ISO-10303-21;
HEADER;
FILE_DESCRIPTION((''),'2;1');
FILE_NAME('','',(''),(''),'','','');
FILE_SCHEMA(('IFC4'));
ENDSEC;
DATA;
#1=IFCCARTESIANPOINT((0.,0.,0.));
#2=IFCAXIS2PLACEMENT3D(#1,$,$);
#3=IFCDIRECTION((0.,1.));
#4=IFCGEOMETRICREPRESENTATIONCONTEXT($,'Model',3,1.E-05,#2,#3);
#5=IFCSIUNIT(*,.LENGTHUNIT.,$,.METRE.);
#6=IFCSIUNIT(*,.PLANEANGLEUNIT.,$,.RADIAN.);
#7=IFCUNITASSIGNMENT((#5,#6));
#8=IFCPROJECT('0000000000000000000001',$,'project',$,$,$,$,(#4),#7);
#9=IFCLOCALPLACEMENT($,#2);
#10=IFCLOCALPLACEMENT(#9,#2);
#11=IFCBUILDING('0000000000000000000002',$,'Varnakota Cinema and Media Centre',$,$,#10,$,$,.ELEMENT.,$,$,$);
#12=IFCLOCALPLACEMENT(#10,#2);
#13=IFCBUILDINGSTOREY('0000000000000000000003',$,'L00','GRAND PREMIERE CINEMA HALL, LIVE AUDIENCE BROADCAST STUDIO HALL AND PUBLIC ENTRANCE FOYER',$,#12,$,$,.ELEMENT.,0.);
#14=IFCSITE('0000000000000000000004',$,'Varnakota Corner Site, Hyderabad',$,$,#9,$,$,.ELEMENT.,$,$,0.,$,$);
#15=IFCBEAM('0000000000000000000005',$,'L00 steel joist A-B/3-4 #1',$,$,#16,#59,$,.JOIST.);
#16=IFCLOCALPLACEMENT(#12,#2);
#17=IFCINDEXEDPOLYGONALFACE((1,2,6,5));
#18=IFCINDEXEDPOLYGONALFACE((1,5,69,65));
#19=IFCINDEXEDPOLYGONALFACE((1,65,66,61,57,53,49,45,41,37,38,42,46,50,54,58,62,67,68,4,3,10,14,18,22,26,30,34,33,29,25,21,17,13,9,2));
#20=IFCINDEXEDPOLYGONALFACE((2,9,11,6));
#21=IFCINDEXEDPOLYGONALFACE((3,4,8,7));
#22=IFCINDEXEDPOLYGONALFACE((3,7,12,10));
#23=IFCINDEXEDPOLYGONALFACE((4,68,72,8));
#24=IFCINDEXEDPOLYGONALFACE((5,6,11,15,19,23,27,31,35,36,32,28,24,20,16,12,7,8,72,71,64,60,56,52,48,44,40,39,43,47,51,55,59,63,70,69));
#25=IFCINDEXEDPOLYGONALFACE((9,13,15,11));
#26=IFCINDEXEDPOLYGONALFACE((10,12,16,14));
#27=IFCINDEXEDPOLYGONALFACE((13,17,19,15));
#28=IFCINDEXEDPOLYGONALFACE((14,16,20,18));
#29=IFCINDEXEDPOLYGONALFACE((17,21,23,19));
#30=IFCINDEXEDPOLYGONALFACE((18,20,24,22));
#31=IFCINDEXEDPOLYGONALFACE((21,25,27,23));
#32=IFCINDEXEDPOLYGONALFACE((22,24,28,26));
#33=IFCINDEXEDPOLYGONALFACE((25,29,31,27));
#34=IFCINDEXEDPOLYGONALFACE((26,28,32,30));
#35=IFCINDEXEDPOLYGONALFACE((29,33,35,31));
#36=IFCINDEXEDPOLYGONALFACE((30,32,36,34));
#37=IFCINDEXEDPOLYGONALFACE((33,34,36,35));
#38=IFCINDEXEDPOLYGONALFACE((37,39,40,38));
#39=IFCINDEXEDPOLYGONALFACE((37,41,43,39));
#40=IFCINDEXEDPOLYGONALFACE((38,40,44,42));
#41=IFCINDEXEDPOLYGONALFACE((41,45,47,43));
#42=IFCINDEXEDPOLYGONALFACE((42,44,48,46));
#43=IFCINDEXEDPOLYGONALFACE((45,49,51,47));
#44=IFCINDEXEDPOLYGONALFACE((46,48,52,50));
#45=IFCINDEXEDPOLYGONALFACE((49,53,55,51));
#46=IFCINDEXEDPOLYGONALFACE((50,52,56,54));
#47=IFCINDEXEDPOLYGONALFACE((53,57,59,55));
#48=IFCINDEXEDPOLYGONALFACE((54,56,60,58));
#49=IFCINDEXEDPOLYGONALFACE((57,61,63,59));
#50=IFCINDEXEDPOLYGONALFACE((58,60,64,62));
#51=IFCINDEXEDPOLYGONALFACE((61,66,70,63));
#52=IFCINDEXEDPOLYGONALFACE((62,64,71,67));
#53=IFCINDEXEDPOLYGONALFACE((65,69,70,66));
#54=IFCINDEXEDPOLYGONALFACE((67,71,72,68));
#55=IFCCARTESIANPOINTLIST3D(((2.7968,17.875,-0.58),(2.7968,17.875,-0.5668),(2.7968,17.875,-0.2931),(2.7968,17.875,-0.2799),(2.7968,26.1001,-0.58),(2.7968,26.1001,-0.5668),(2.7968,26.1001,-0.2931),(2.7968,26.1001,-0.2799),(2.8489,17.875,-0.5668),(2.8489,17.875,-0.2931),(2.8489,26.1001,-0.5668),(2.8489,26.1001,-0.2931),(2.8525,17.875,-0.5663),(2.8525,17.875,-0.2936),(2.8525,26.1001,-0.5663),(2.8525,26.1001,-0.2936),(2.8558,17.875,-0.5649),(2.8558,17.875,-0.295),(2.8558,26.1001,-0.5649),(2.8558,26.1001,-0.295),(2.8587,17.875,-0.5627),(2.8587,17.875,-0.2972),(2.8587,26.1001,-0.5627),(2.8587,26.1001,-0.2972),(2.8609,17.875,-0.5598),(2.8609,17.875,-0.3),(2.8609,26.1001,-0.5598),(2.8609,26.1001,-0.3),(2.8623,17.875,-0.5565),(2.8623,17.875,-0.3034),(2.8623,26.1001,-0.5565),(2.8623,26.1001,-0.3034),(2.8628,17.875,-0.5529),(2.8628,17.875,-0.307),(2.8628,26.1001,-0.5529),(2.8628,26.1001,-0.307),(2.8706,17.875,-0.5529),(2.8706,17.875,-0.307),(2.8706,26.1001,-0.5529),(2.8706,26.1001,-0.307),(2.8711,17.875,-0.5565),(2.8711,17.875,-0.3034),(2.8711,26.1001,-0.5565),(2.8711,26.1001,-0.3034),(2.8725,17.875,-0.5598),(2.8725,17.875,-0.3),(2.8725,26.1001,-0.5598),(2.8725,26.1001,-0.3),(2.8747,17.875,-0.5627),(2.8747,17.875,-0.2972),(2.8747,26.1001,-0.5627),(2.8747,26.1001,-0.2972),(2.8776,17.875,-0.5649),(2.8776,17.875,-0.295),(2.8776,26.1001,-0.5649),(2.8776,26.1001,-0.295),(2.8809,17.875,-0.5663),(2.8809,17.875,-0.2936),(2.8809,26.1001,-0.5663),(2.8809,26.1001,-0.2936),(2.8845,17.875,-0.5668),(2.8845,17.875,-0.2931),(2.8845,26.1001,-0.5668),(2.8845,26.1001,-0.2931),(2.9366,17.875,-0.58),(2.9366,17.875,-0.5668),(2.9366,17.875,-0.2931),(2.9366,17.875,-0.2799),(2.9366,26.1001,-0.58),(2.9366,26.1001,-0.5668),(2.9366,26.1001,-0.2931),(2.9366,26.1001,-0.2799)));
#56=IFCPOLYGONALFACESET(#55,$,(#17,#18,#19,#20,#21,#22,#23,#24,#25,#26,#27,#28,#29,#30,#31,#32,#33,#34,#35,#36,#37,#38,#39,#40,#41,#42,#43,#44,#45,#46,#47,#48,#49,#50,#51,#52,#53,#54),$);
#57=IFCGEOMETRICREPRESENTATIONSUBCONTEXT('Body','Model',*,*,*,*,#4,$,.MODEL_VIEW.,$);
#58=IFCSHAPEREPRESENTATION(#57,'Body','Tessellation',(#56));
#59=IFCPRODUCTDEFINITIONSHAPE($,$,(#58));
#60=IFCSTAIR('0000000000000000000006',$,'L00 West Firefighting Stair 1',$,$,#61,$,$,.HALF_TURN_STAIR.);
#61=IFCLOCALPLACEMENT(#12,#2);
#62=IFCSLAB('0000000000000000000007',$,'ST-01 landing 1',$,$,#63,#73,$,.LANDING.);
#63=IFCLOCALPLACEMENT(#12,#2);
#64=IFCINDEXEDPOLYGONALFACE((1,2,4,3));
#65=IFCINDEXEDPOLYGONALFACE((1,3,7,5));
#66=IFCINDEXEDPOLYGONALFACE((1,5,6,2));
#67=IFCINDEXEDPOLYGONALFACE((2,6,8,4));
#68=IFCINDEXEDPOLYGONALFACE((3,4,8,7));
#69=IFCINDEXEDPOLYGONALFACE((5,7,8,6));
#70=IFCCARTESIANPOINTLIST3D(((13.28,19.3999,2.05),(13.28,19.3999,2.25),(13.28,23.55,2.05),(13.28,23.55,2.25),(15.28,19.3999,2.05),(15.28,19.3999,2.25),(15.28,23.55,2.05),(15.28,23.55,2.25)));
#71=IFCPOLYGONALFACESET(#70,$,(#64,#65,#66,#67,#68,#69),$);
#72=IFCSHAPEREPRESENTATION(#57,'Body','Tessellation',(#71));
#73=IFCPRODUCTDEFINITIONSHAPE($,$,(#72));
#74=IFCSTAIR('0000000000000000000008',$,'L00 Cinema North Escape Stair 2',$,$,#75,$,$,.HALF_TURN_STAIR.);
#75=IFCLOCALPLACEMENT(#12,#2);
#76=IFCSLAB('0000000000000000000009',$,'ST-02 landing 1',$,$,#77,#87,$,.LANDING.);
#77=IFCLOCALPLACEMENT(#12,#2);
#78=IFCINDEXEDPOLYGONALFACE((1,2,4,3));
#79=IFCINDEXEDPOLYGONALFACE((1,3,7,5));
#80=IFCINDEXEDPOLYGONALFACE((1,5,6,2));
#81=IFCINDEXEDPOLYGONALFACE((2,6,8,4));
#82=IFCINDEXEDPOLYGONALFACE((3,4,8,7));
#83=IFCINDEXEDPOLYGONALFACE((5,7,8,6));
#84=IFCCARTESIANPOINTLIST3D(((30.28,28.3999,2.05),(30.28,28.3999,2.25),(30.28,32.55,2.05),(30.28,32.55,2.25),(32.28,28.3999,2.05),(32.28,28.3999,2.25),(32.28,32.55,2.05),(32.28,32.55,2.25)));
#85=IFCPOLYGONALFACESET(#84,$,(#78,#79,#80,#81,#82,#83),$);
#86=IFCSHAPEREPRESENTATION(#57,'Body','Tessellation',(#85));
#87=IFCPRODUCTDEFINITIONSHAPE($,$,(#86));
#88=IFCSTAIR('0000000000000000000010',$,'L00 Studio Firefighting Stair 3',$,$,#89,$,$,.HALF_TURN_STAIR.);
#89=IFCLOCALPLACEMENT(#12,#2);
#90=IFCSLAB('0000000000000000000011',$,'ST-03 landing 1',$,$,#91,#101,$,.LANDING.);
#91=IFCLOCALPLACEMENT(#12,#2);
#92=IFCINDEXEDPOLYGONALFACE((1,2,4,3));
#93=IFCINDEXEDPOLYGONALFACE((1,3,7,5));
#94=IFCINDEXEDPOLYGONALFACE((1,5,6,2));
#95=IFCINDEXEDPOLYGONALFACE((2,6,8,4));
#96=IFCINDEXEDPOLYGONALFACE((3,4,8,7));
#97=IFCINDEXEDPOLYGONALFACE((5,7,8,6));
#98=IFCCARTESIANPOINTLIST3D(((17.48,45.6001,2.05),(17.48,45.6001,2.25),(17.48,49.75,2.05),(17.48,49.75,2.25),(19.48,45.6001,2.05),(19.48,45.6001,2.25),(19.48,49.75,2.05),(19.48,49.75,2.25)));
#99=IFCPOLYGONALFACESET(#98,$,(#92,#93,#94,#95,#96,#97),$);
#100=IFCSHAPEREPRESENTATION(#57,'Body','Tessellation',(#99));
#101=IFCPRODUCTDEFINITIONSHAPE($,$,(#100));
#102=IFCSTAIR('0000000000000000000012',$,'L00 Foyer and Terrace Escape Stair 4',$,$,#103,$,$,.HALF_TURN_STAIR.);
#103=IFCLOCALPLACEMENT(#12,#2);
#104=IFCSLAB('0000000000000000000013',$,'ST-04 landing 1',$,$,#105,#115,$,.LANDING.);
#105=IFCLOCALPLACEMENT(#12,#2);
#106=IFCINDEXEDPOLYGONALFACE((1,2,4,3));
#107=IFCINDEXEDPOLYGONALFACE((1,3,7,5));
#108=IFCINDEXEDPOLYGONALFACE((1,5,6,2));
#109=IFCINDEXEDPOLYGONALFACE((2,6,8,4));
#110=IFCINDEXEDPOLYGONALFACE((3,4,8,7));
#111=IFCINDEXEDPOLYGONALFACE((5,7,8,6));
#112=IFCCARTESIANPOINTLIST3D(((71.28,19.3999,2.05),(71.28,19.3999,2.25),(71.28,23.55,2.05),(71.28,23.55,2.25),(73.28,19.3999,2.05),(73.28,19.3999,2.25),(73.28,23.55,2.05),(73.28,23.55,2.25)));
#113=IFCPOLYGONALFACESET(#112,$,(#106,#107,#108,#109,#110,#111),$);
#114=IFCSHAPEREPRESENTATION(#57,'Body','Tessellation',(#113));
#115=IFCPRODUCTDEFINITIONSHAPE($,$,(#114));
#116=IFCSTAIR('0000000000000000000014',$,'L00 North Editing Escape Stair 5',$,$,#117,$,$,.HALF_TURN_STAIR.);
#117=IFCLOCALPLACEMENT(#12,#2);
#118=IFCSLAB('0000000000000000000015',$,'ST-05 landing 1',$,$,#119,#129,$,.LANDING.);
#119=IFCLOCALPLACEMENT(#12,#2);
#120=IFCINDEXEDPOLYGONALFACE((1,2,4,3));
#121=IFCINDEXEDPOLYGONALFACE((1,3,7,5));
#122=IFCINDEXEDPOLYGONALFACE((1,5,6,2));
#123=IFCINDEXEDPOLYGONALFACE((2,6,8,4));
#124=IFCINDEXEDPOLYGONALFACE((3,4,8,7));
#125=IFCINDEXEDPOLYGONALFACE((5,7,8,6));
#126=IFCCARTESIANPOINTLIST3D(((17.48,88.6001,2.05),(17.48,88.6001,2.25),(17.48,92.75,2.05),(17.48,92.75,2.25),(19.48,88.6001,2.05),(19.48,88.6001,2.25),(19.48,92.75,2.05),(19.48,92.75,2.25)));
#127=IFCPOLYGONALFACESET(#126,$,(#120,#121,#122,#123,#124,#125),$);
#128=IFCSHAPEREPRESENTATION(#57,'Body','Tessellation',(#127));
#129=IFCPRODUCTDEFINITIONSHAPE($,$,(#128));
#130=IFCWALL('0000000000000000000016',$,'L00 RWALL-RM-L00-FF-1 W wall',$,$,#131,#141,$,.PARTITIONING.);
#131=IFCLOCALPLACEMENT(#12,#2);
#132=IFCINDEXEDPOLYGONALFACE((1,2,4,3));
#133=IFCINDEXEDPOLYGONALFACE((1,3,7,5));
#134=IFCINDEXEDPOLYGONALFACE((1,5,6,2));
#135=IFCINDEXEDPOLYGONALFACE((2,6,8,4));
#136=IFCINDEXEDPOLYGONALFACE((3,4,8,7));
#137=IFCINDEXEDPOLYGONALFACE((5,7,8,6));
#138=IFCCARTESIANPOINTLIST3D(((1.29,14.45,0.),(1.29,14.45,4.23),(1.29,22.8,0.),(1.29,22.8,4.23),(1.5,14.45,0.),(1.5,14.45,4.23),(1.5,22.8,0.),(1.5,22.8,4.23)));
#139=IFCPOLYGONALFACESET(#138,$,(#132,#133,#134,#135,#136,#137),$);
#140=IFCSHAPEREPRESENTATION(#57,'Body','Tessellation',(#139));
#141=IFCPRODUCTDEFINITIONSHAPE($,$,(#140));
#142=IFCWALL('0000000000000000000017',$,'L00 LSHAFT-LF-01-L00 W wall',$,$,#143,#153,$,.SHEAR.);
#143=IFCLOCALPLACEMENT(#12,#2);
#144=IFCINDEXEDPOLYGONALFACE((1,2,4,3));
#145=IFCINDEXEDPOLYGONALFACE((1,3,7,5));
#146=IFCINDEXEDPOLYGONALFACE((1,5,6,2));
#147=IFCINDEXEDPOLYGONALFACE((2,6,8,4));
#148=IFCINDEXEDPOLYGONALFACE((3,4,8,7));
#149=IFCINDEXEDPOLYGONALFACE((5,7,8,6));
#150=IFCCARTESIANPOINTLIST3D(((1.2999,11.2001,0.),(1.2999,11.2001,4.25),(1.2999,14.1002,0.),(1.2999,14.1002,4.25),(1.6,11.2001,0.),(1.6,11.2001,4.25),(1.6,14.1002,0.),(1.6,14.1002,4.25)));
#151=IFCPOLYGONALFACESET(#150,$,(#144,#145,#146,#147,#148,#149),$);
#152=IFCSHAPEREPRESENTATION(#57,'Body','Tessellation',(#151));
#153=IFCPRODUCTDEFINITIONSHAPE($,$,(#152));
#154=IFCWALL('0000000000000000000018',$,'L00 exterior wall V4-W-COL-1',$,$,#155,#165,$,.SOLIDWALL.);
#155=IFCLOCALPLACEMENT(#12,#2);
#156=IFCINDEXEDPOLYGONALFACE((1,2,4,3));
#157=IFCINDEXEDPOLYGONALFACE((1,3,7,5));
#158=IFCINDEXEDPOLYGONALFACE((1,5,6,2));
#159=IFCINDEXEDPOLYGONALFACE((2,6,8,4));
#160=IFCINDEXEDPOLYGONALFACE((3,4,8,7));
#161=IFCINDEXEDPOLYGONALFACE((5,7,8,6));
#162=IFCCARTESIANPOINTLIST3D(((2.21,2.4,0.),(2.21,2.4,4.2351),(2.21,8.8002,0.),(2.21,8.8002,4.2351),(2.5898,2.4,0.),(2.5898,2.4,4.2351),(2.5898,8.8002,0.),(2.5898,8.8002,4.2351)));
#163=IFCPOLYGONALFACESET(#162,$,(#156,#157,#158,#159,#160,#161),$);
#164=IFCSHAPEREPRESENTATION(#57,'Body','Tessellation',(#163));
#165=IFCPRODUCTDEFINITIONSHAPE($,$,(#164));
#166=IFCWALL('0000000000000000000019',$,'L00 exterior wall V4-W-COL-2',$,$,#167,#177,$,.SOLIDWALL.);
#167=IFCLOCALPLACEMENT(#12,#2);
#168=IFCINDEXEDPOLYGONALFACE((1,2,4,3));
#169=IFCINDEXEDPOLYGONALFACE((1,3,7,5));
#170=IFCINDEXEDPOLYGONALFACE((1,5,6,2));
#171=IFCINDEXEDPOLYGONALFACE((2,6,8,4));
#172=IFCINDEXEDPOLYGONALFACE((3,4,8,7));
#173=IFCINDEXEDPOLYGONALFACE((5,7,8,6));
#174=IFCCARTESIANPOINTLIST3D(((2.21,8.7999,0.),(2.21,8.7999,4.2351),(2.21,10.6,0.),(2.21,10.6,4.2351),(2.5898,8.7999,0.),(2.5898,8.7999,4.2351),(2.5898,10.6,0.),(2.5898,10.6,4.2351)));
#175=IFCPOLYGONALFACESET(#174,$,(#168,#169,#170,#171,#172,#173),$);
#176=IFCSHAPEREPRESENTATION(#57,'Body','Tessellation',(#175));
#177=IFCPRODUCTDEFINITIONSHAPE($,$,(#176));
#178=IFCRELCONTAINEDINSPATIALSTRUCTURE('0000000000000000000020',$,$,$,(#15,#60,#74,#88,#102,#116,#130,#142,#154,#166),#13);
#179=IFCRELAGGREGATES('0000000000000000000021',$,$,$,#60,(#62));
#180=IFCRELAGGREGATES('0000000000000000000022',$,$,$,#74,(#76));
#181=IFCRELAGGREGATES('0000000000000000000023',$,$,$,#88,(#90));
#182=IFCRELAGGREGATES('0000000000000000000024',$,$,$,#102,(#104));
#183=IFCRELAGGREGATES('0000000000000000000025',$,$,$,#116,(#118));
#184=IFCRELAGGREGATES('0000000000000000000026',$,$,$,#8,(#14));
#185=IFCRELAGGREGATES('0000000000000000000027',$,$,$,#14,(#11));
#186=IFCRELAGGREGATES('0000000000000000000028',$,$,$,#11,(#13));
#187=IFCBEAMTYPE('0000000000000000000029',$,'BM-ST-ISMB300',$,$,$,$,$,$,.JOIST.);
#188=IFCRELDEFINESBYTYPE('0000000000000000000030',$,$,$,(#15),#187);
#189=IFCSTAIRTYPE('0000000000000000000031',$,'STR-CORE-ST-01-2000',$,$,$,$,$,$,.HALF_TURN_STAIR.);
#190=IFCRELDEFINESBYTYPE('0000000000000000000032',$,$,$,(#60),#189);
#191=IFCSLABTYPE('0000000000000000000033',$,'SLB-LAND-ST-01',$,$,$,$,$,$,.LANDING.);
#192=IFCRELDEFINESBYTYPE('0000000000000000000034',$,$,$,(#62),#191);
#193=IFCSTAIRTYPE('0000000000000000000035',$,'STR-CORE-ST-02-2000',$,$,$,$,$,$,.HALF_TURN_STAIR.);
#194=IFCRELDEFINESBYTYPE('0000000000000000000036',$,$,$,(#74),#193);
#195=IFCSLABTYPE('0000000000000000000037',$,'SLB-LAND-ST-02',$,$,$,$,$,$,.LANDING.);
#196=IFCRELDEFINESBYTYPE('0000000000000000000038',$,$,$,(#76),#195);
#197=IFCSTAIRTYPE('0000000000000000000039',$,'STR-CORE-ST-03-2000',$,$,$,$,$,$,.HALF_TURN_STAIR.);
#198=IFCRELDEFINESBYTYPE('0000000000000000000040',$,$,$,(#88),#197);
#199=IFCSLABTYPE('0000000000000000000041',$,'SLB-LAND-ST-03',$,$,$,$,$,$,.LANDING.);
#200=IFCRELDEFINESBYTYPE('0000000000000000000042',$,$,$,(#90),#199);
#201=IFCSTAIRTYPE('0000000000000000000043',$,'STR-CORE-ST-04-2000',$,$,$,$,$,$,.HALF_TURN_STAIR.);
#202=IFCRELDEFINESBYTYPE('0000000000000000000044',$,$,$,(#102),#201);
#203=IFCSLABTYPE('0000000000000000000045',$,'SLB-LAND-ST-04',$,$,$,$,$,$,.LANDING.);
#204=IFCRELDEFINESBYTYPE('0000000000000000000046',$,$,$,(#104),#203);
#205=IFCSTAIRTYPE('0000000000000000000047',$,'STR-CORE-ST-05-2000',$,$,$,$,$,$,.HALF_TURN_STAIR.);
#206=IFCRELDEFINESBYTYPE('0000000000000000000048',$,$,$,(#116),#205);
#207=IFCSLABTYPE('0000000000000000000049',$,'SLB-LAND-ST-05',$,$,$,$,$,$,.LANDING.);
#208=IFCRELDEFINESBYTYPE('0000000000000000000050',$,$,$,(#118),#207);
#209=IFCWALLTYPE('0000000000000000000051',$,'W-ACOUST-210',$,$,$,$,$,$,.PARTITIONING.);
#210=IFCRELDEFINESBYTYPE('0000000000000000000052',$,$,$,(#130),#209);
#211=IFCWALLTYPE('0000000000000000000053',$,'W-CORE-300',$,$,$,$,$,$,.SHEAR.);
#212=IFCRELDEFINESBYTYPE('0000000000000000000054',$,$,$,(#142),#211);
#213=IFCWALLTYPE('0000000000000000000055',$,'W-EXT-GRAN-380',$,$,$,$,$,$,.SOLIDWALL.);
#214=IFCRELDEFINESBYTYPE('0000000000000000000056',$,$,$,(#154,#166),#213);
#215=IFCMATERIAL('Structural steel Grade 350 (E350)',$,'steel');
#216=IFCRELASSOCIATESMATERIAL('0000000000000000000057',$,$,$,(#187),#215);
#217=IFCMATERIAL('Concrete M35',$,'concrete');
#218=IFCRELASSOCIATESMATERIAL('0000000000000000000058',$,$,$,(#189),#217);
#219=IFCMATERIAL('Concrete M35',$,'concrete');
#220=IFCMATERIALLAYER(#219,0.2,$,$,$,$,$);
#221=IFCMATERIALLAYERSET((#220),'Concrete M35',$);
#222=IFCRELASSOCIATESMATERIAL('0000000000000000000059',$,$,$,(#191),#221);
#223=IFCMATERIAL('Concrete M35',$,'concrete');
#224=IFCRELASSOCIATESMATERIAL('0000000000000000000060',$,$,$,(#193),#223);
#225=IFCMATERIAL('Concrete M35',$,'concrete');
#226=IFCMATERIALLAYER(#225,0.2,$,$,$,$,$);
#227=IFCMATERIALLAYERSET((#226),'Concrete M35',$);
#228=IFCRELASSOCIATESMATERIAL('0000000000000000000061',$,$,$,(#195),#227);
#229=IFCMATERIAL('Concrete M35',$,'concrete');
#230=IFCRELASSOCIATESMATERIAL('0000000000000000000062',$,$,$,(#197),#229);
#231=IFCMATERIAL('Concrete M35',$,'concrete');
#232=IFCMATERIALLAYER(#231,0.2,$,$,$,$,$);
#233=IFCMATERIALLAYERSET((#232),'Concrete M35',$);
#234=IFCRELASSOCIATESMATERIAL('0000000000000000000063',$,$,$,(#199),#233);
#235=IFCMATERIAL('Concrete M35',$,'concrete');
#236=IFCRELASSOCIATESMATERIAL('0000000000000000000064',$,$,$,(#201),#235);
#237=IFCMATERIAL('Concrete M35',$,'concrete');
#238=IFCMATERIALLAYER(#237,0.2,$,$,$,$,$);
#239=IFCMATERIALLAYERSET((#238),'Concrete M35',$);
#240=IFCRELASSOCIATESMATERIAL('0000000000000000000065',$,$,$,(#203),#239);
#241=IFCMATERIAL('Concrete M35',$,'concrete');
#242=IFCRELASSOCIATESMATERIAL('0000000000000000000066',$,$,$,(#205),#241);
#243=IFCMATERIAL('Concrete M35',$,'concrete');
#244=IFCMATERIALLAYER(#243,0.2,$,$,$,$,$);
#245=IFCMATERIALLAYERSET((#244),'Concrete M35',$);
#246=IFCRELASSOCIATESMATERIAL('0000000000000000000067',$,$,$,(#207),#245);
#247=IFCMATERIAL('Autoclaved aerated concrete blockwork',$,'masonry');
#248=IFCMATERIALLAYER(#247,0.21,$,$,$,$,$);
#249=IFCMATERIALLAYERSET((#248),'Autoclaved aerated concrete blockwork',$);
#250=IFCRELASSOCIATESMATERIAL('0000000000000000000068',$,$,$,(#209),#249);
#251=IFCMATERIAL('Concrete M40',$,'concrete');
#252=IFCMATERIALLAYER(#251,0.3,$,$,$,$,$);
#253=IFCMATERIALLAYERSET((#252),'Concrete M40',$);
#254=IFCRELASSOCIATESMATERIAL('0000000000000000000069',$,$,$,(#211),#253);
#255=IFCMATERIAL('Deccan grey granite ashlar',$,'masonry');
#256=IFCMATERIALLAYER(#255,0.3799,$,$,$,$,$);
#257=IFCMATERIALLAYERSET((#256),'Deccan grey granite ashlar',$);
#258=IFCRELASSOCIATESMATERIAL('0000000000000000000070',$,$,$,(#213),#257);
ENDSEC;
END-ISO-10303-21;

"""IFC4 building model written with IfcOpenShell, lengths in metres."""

from ifc_helpers import new_model, si_unit, direction, frame, frame_2d, origin, origin_2d, place, context, subcontext, project, spatial, polyline, rectangle, i_section, outline, extrude, material, layer, layer_set, material_profile, profile_set, type_object, element, aggregate, save


model = new_model("IFC4")

# Units and contexts
model_context = context("Model", 3, precision=1e-05, world=origin(), true_north=direction((0.0, 1.0)))
body_context = subcontext(model_context, "Body", "Model", "MODEL_VIEW")
ifc_project = project(units=[si_unit("LENGTHUNIT", "METRE"), si_unit("PLANEANGLEUNIT", "RADIAN")], contexts=[model_context])

# Site, building, storey
site_placement = place(None, origin())
site = spatial("IfcSite", under=ifc_project, at=site_placement, Name="Varnakota Corner Site, Hyderabad", CompositionType="ELEMENT", RefElevation=0.0)
building_placement = place(site_placement, origin())
building = spatial("IfcBuilding", under=site, at=building_placement, Name="Varnakota Cinema and Media Centre", CompositionType="ELEMENT")
storey_placement = place(building_placement, origin())
storey = spatial("IfcBuildingStorey", under=building, at=storey_placement, Name="L00", Description="GRAND PREMIERE CINEMA HALL, LIVE AUDIENCE BROADCAST STUDIO HALL AND PUBLIC ENTRANCE FOYER", CompositionType="ELEMENT", Elevation=0.0)

# Beam
ifc_material_1 = material(Name="Structural steel Grade 350 (E350)", Category="steel")
ifc_material_profile_1 = material_profile(ifc_material_1, i_section(OverallWidth=0.1399, OverallDepth=0.3, WebThickness=0.0078, FlangeThickness=0.0132, FilletRadius=0.0139, at=origin_2d()), Name="ISMB 300")
ifc_profile_set_1 = profile_set([ifc_material_profile_1], Name="Structural steel Grade 350 (E350)")
beam_type_1 = type_object("IfcBeamType", Name="BM-ST-ISMB300", PredefinedType="JOIST", material=ifc_profile_set_1)
beam_1_placement = place(storey_placement, frame((2.8667, 17.875, -0.4299), z_axis=(0.0, 1.0, 0.0), x_axis=(-1.0, 0.0, 0.0)))
element("IfcBeam", 1, at=beam_1_placement, inside=storey, type_object=beam_type_1, Name="L00 steel joist A-B/3-4 #1", PredefinedType="JOIST", context=body_context, shape_type="SweptSolid", body=[
    extrude(i_section(OverallWidth=0.1399, OverallDepth=0.3, WebThickness=0.0078, FlangeThickness=0.0132, FilletRadius=0.0139, at=origin_2d()), origin(), (0.0, 0.0, 1.0), 8.2251),
])

# Stairs, slabs
ifc_material_2 = material(Name="Concrete M35", Category="concrete")
stair_type_1 = type_object("IfcStairType", Name="STR-CORE-ST-01-2000", PredefinedType="HALF_TURN_STAIR", material=ifc_material_2)
stair_1_placement = place(storey_placement, origin())
stair_1 = element("IfcStair", 2, at=stair_1_placement, inside=storey, type_object=stair_type_1, Name="L00 West Firefighting Stair 1", PredefinedType="HALF_TURN_STAIR")
ifc_material_3 = material(Name="Concrete M35", Category="concrete")
ifc_layer_1 = layer(ifc_material_3, 0.2)
ifc_layer_set_1 = layer_set([ifc_layer_1], Name="Concrete M35")
slab_type_1 = type_object("IfcSlabType", Name="SLB-LAND-ST-01", PredefinedType="LANDING", material=ifc_layer_set_1)
slab_1_placement = place(storey_placement, frame((0.0, 0.0, 2.05)))
slab_1 = element("IfcSlab", 3, at=slab_1_placement, type_object=slab_type_1, Name="ST-01 landing 1", PredefinedType="LANDING", context=body_context, shape_type="SweptSolid", body=[
    extrude(outline(polyline([(13.28, 19.3999), (15.28, 19.3999), (15.28, 23.55), (13.28, 23.55), (13.28, 19.3999)])), origin(), (0.0, 0.0, 1.0), 0.2),
])
aggregate(stair_1, [slab_1])
ifc_material_4 = material(Name="Concrete M35", Category="concrete")
stair_type_2 = type_object("IfcStairType", Name="STR-CORE-ST-02-2000", PredefinedType="HALF_TURN_STAIR", material=ifc_material_4)
stair_2_placement = place(storey_placement, origin())
stair_2 = element("IfcStair", 4, at=stair_2_placement, inside=storey, type_object=stair_type_2, Name="L00 Cinema North Escape Stair 2", PredefinedType="HALF_TURN_STAIR")
ifc_material_5 = material(Name="Concrete M35", Category="concrete")
ifc_layer_2 = layer(ifc_material_5, 0.2)
ifc_layer_set_2 = layer_set([ifc_layer_2], Name="Concrete M35")
slab_type_2 = type_object("IfcSlabType", Name="SLB-LAND-ST-02", PredefinedType="LANDING", material=ifc_layer_set_2)
slab_2_placement = place(storey_placement, frame((0.0, 0.0, 2.05)))
slab_2 = element("IfcSlab", 5, at=slab_2_placement, type_object=slab_type_2, Name="ST-02 landing 1", PredefinedType="LANDING", context=body_context, shape_type="SweptSolid", body=[
    extrude(outline(polyline([(30.28, 28.3999), (32.28, 28.3999), (32.28, 32.55), (30.28, 32.55), (30.28, 28.3999)])), origin(), (0.0, 0.0, 1.0), 0.2),
])
aggregate(stair_2, [slab_2])
ifc_material_6 = material(Name="Concrete M35", Category="concrete")
stair_type_3 = type_object("IfcStairType", Name="STR-CORE-ST-03-2000", PredefinedType="HALF_TURN_STAIR", material=ifc_material_6)
stair_3_placement = place(storey_placement, origin())
stair_3 = element("IfcStair", 6, at=stair_3_placement, inside=storey, type_object=stair_type_3, Name="L00 Studio Firefighting Stair 3", PredefinedType="HALF_TURN_STAIR")
ifc_material_7 = material(Name="Concrete M35", Category="concrete")
ifc_layer_3 = layer(ifc_material_7, 0.2)
ifc_layer_set_3 = layer_set([ifc_layer_3], Name="Concrete M35")
slab_type_3 = type_object("IfcSlabType", Name="SLB-LAND-ST-03", PredefinedType="LANDING", material=ifc_layer_set_3)
slab_3_placement = place(storey_placement, frame((0.0, 0.0, 2.05)))
slab_3 = element("IfcSlab", 7, at=slab_3_placement, type_object=slab_type_3, Name="ST-03 landing 1", PredefinedType="LANDING", context=body_context, shape_type="SweptSolid", body=[
    extrude(outline(polyline([(17.48, 45.6001), (19.48, 45.6001), (19.48, 49.75), (17.48, 49.75), (17.48, 45.6001)])), origin(), (0.0, 0.0, 1.0), 0.2),
])
aggregate(stair_3, [slab_3])
ifc_material_8 = material(Name="Concrete M35", Category="concrete")
stair_type_4 = type_object("IfcStairType", Name="STR-CORE-ST-04-2000", PredefinedType="HALF_TURN_STAIR", material=ifc_material_8)
stair_4_placement = place(storey_placement, origin())
stair_4 = element("IfcStair", 8, at=stair_4_placement, inside=storey, type_object=stair_type_4, Name="L00 Foyer and Terrace Escape Stair 4", PredefinedType="HALF_TURN_STAIR")
ifc_material_9 = material(Name="Concrete M35", Category="concrete")
ifc_layer_4 = layer(ifc_material_9, 0.2)
ifc_layer_set_4 = layer_set([ifc_layer_4], Name="Concrete M35")
slab_type_4 = type_object("IfcSlabType", Name="SLB-LAND-ST-04", PredefinedType="LANDING", material=ifc_layer_set_4)
slab_4_placement = place(storey_placement, frame((0.0, 0.0, 2.05)))
slab_4 = element("IfcSlab", 9, at=slab_4_placement, type_object=slab_type_4, Name="ST-04 landing 1", PredefinedType="LANDING", context=body_context, shape_type="SweptSolid", body=[
    extrude(outline(polyline([(71.28, 19.3999), (73.28, 19.3999), (73.28, 23.55), (71.28, 23.55), (71.28, 19.3999)])), origin(), (0.0, 0.0, 1.0), 0.2),
])
aggregate(stair_4, [slab_4])
ifc_material_10 = material(Name="Concrete M35", Category="concrete")
stair_type_5 = type_object("IfcStairType", Name="STR-CORE-ST-05-2000", PredefinedType="HALF_TURN_STAIR", material=ifc_material_10)
stair_5_placement = place(storey_placement, origin())
stair_5 = element("IfcStair", 10, at=stair_5_placement, inside=storey, type_object=stair_type_5, Name="L00 North Editing Escape Stair 5", PredefinedType="HALF_TURN_STAIR")
ifc_material_11 = material(Name="Concrete M35", Category="concrete")
ifc_layer_5 = layer(ifc_material_11, 0.2)
ifc_layer_set_5 = layer_set([ifc_layer_5], Name="Concrete M35")
slab_type_5 = type_object("IfcSlabType", Name="SLB-LAND-ST-05", PredefinedType="LANDING", material=ifc_layer_set_5)
slab_5_placement = place(storey_placement, frame((0.0, 0.0, 2.05)))
slab_5 = element("IfcSlab", 11, at=slab_5_placement, type_object=slab_type_5, Name="ST-05 landing 1", PredefinedType="LANDING", context=body_context, shape_type="SweptSolid", body=[
    extrude(outline(polyline([(17.48, 88.6001), (19.48, 88.6001), (19.48, 92.75), (17.48, 92.75), (17.48, 88.6001)])), origin(), (0.0, 0.0, 1.0), 0.2),
])
aggregate(stair_5, [slab_5])

# Walls
ifc_material_12 = material(Name="Autoclaved aerated concrete blockwork", Category="masonry")
ifc_layer_6 = layer(ifc_material_12, 0.21)
ifc_layer_set_6 = layer_set([ifc_layer_6], Name="Autoclaved aerated concrete blockwork")
wall_type_1 = type_object("IfcWallType", Name="W-ACOUST-210", PredefinedType="PARTITIONING", material=ifc_layer_set_6)
wall_1_placement = place(storey_placement, frame((1.395, 14.45, 0.0), z_axis=(0.0, 0.0, 1.0), x_axis=(0.0, 1.0, 0.0)))
element("IfcWall", 12, at=wall_1_placement, inside=storey, type_object=wall_type_1, Name="L00 RWALL-RM-L00-FF-1 W wall", PredefinedType="PARTITIONING", context=body_context, shape_type="SweptSolid", body=[
    extrude(rectangle(XDim=8.3501, YDim=0.21, at=frame_2d((4.175, 0.0))), origin(), (0.0, 0.0, 1.0), 4.23),
])
ifc_material_13 = material(Name="Concrete M40", Category="concrete")
ifc_layer_7 = layer(ifc_material_13, 0.3)
ifc_layer_set_7 = layer_set([ifc_layer_7], Name="Concrete M40")
wall_type_2 = type_object("IfcWallType", Name="W-CORE-300", PredefinedType="SHEAR", material=ifc_layer_set_7)
wall_2_placement = place(storey_placement, frame((1.45, 11.2, 0.0), z_axis=(0.0, 0.0, 1.0), x_axis=(0.0, 1.0, 0.0)))
element("IfcWall", 13, at=wall_2_placement, inside=storey, type_object=wall_type_2, Name="L00 LSHAFT-LF-01-L00 W wall", PredefinedType="SHEAR", context=body_context, shape_type="SweptSolid", body=[
    extrude(rectangle(XDim=2.9001, YDim=0.3, at=frame_2d((1.4502, 0.0))), origin(), (0.0, 0.0, 1.0), 4.25),
])

# Walls
ifc_material_14 = material(Name="Deccan grey granite ashlar", Category="masonry")
ifc_layer_8 = layer(ifc_material_14, 0.3799)
ifc_layer_set_8 = layer_set([ifc_layer_8], Name="Deccan grey granite ashlar")
wall_type_3 = type_object("IfcWallType", Name="W-EXT-GRAN-380", PredefinedType="SOLIDWALL", material=ifc_layer_set_8)
wall_3_placement = place(storey_placement, frame((2.3999, 2.3999, 0.0), z_axis=(0.0, 0.0, 1.0), x_axis=(0.0, 1.0, 0.0)))
element("IfcWall", 14, at=wall_3_placement, inside=storey, type_object=wall_type_3, Name="L00 exterior wall V4-W-COL-1", PredefinedType="SOLIDWALL", context=body_context, shape_type="SweptSolid", body=[
    extrude(rectangle(XDim=6.4001, YDim=0.3799, at=frame_2d((3.2002, 0.0))), origin(), (0.0, 0.0, 1.0), 4.2351),
])
wall_4_placement = place(storey_placement, frame((2.3999, 8.8, 0.0), z_axis=(0.0, 0.0, 1.0), x_axis=(0.0, 1.0, 0.0)))
element("IfcWall", 15, at=wall_4_placement, inside=storey, type_object=wall_type_3, Name="L00 exterior wall V4-W-COL-2", PredefinedType="SOLIDWALL", context=body_context, shape_type="SweptSolid", body=[
    extrude(rectangle(XDim=1.8, YDim=0.3799, at=frame_2d((0.8999, 0.0))), origin(), (0.0, 0.0, 1.0), 4.2351),
])

save(model, "model.ifc")
